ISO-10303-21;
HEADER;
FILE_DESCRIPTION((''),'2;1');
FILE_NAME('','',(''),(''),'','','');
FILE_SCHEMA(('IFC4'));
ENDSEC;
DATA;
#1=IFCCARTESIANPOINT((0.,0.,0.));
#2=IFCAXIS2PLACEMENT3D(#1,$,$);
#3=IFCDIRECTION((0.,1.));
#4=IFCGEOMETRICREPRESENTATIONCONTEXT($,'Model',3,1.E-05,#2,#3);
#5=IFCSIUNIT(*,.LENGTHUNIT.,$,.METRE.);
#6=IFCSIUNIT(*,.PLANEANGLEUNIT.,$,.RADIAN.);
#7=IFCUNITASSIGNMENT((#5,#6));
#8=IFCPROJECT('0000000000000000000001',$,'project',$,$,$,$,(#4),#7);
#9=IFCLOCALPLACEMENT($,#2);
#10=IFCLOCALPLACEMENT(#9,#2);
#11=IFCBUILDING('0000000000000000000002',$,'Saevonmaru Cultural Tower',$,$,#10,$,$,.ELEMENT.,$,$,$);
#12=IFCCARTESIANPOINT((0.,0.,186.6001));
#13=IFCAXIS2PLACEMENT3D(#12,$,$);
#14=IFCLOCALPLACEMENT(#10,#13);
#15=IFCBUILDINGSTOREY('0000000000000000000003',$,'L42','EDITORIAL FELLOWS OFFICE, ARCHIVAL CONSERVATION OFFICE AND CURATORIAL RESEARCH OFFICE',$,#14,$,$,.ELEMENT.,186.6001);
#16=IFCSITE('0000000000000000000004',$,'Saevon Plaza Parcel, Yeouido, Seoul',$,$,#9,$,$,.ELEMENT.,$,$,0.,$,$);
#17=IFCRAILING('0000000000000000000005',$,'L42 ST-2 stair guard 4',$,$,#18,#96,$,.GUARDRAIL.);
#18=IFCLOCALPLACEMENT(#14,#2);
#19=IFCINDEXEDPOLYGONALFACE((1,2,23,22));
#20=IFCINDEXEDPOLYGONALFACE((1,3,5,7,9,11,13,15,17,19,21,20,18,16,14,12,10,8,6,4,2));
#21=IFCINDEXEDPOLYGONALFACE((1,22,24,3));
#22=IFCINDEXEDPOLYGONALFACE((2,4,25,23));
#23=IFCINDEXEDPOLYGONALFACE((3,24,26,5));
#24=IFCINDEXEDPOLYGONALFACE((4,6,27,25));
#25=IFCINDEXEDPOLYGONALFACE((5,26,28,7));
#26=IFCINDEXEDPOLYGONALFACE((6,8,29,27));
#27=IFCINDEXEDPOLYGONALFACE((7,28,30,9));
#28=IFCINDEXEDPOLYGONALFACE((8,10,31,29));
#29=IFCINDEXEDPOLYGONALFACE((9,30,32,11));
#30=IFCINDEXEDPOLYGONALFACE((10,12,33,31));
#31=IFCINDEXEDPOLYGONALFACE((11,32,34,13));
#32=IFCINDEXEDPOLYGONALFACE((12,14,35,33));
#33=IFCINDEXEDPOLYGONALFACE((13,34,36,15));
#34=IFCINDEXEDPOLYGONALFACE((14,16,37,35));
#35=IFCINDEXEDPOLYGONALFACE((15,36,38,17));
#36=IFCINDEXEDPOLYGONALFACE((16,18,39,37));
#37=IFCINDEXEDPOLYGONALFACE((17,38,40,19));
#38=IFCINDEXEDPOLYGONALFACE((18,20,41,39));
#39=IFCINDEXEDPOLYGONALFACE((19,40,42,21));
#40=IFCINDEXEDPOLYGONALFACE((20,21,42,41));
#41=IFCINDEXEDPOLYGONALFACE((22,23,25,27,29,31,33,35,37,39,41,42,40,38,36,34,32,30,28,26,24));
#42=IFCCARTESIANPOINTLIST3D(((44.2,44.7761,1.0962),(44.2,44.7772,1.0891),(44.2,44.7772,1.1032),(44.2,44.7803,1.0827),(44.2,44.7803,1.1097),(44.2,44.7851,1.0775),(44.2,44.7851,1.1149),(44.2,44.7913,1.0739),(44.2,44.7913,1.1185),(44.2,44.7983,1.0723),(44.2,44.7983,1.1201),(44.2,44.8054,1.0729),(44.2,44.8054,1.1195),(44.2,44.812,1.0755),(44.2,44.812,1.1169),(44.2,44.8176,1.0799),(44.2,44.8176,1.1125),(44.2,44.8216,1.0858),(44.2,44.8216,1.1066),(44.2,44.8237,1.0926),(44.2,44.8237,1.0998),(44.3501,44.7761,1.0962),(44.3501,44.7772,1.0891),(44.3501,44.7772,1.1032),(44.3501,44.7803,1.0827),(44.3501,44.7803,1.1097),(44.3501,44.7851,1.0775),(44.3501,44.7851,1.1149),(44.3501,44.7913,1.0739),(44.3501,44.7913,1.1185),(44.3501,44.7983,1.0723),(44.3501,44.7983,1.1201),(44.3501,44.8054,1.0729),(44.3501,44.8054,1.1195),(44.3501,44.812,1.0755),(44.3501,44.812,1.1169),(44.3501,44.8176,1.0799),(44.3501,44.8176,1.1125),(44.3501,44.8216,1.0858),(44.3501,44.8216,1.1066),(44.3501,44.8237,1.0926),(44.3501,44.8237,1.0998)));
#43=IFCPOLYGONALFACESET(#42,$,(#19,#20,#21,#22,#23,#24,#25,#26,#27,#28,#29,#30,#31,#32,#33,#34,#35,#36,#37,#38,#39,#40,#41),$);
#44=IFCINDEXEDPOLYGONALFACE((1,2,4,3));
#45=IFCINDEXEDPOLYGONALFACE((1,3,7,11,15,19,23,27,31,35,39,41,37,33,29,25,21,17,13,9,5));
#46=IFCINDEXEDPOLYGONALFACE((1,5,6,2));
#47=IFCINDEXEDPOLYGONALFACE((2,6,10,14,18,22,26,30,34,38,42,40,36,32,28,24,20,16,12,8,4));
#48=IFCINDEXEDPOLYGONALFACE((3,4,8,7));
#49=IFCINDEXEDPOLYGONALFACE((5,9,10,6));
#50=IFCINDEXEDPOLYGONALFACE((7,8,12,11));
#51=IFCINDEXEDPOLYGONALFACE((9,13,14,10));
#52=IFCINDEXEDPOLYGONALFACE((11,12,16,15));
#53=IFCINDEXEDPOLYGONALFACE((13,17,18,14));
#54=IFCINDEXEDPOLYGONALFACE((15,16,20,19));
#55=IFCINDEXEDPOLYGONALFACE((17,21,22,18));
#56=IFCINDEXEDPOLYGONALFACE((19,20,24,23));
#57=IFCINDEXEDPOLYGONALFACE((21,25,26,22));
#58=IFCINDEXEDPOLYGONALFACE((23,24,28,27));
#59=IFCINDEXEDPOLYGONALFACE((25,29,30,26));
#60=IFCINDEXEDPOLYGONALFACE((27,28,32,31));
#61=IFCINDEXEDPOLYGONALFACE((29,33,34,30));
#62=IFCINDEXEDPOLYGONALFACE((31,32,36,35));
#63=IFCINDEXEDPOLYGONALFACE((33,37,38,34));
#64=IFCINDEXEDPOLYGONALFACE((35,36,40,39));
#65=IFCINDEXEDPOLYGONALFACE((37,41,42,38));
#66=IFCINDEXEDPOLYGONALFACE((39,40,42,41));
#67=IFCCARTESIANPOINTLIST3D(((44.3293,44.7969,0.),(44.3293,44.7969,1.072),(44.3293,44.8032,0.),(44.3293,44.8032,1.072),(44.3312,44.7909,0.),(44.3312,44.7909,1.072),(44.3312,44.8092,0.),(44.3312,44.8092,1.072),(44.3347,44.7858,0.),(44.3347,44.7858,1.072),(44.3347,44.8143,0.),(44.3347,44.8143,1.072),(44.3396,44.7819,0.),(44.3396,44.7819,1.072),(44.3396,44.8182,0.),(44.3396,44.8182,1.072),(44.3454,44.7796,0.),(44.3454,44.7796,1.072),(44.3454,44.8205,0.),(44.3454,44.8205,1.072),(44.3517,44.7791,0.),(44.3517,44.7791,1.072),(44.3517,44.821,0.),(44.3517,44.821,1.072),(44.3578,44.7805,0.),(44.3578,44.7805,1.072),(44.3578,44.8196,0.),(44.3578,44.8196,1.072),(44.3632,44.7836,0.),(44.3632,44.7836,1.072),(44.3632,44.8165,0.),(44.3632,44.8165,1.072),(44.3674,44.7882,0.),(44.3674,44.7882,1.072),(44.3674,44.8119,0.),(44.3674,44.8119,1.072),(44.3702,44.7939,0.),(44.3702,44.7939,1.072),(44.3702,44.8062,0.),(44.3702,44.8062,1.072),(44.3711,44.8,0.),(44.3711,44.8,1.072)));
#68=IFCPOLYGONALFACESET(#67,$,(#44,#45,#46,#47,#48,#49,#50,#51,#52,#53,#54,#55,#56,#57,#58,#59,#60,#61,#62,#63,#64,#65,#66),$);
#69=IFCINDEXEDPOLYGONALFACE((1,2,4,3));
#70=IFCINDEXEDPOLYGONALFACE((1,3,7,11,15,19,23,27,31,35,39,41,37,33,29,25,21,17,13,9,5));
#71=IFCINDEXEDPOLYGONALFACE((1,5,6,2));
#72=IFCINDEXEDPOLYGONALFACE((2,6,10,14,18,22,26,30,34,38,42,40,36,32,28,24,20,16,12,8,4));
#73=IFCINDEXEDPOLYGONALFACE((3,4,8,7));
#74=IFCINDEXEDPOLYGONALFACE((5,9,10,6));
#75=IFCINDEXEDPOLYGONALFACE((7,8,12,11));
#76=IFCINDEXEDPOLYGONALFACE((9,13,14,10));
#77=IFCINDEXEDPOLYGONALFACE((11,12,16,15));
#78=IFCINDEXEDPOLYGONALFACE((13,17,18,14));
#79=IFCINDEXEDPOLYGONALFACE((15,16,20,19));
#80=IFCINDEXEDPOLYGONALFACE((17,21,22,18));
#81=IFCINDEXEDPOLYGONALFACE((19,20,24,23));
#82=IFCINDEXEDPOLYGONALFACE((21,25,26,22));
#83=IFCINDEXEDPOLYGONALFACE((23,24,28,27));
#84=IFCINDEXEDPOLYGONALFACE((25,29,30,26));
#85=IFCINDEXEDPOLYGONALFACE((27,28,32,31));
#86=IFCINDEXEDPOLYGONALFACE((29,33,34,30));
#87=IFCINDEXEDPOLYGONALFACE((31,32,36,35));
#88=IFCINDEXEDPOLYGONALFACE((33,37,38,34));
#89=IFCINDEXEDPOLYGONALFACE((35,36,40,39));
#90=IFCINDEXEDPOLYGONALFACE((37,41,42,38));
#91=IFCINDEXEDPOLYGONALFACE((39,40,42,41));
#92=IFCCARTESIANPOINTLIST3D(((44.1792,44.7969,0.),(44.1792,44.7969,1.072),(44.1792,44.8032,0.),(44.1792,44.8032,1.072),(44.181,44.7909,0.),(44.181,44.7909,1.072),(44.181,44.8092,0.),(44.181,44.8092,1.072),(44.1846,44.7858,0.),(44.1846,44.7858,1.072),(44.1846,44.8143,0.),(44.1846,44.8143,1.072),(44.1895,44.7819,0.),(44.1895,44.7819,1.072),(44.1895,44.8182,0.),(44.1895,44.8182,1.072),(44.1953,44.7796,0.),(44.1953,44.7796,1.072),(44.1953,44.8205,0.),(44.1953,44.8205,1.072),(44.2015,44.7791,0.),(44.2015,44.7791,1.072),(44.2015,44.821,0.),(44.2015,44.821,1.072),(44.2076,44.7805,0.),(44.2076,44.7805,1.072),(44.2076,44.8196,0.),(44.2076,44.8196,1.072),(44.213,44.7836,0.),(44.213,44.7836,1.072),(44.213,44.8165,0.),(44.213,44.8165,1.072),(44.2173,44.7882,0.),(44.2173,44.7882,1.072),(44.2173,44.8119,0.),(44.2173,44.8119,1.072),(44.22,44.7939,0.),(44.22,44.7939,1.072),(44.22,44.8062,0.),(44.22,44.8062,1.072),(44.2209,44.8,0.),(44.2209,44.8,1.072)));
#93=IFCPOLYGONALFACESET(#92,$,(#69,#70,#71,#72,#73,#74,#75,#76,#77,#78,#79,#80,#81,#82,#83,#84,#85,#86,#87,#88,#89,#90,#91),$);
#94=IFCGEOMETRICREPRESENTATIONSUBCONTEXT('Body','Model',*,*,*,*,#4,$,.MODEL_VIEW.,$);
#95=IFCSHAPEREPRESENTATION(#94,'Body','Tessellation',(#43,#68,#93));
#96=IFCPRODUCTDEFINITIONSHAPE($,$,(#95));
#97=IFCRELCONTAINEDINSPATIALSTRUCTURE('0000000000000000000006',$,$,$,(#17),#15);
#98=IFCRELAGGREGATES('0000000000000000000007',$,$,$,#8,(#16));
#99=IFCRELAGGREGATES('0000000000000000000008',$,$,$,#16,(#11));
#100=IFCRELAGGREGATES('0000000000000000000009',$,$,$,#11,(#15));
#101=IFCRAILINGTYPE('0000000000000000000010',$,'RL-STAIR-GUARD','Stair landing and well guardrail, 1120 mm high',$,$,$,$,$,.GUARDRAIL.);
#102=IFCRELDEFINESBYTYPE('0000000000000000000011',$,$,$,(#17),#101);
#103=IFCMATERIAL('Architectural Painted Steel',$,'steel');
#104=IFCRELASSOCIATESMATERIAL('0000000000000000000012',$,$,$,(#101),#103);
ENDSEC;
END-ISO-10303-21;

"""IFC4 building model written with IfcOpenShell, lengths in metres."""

from ifc_helpers import new_model, si_unit, direction, frame, origin, origin_2d, place, context, subcontext, project, spatial, circle, extrude, material, type_object, element, save


model = new_model("IFC4")

# Units and contexts
model_context = context("Model", 3, precision=1e-05, world=origin(), true_north=direction((0.0, 1.0)))
body_context = subcontext(model_context, "Body", "Model", "MODEL_VIEW")
ifc_project = project(units=[si_unit("LENGTHUNIT", "METRE"), si_unit("PLANEANGLEUNIT", "RADIAN")], contexts=[model_context])

# Site, building, storey
site_placement = place(None, origin())
site = spatial("IfcSite", under=ifc_project, at=site_placement, Name="Saevon Plaza Parcel, Yeouido, Seoul", CompositionType="ELEMENT", RefElevation=0.0)
building_placement = place(site_placement, origin())
building = spatial("IfcBuilding", under=site, at=building_placement, Name="Saevonmaru Cultural Tower", CompositionType="ELEMENT")
storey_placement = place(building_placement, frame((0.0, 0.0, 186.6001)))
storey = spatial("IfcBuildingStorey", under=building, at=storey_placement, Name="L42", Description="EDITORIAL FELLOWS OFFICE, ARCHIVAL CONSERVATION OFFICE AND CURATORIAL RESEARCH OFFICE", CompositionType="ELEMENT", Elevation=186.6001)

# Railing
ifc_material_1 = material(Name="Architectural Painted Steel", Category="steel")
railing_type_1 = type_object("IfcRailingType", Name="RL-STAIR-GUARD", Description="Stair landing and well guardrail, 1120 mm high", PredefinedType="GUARDRAIL", material=ifc_material_1)
railing_1_placement = place(storey_placement, frame((44.3501, 44.8, 0.0)))
element("IfcRailing", 1, at=railing_1_placement, inside=storey, type_object=railing_type_1, Name="L42 ST-2 stair guard 4", PredefinedType="GUARDRAIL", context=body_context, shape_type="SweptSolid", body=[
    extrude(circle(Radius=0.0239, at=origin_2d()), frame((0.0, 0.0, 1.0962), z_axis=(-1.0, 0.0, 0.0), x_axis=(0.0, -1.0, 0.0)), (0.0, 0.0, 1.0), 0.1501),
    extrude(circle(Radius=0.021, at=origin_2d()), origin(), (0.0, 0.0, 1.0), 1.072),
    extrude(circle(Radius=0.021, at=origin_2d()), frame((-0.1501, 0.0, 0.0)), (0.0, 0.0, 1.0), 1.072),
])

save(model, "model.ifc")
